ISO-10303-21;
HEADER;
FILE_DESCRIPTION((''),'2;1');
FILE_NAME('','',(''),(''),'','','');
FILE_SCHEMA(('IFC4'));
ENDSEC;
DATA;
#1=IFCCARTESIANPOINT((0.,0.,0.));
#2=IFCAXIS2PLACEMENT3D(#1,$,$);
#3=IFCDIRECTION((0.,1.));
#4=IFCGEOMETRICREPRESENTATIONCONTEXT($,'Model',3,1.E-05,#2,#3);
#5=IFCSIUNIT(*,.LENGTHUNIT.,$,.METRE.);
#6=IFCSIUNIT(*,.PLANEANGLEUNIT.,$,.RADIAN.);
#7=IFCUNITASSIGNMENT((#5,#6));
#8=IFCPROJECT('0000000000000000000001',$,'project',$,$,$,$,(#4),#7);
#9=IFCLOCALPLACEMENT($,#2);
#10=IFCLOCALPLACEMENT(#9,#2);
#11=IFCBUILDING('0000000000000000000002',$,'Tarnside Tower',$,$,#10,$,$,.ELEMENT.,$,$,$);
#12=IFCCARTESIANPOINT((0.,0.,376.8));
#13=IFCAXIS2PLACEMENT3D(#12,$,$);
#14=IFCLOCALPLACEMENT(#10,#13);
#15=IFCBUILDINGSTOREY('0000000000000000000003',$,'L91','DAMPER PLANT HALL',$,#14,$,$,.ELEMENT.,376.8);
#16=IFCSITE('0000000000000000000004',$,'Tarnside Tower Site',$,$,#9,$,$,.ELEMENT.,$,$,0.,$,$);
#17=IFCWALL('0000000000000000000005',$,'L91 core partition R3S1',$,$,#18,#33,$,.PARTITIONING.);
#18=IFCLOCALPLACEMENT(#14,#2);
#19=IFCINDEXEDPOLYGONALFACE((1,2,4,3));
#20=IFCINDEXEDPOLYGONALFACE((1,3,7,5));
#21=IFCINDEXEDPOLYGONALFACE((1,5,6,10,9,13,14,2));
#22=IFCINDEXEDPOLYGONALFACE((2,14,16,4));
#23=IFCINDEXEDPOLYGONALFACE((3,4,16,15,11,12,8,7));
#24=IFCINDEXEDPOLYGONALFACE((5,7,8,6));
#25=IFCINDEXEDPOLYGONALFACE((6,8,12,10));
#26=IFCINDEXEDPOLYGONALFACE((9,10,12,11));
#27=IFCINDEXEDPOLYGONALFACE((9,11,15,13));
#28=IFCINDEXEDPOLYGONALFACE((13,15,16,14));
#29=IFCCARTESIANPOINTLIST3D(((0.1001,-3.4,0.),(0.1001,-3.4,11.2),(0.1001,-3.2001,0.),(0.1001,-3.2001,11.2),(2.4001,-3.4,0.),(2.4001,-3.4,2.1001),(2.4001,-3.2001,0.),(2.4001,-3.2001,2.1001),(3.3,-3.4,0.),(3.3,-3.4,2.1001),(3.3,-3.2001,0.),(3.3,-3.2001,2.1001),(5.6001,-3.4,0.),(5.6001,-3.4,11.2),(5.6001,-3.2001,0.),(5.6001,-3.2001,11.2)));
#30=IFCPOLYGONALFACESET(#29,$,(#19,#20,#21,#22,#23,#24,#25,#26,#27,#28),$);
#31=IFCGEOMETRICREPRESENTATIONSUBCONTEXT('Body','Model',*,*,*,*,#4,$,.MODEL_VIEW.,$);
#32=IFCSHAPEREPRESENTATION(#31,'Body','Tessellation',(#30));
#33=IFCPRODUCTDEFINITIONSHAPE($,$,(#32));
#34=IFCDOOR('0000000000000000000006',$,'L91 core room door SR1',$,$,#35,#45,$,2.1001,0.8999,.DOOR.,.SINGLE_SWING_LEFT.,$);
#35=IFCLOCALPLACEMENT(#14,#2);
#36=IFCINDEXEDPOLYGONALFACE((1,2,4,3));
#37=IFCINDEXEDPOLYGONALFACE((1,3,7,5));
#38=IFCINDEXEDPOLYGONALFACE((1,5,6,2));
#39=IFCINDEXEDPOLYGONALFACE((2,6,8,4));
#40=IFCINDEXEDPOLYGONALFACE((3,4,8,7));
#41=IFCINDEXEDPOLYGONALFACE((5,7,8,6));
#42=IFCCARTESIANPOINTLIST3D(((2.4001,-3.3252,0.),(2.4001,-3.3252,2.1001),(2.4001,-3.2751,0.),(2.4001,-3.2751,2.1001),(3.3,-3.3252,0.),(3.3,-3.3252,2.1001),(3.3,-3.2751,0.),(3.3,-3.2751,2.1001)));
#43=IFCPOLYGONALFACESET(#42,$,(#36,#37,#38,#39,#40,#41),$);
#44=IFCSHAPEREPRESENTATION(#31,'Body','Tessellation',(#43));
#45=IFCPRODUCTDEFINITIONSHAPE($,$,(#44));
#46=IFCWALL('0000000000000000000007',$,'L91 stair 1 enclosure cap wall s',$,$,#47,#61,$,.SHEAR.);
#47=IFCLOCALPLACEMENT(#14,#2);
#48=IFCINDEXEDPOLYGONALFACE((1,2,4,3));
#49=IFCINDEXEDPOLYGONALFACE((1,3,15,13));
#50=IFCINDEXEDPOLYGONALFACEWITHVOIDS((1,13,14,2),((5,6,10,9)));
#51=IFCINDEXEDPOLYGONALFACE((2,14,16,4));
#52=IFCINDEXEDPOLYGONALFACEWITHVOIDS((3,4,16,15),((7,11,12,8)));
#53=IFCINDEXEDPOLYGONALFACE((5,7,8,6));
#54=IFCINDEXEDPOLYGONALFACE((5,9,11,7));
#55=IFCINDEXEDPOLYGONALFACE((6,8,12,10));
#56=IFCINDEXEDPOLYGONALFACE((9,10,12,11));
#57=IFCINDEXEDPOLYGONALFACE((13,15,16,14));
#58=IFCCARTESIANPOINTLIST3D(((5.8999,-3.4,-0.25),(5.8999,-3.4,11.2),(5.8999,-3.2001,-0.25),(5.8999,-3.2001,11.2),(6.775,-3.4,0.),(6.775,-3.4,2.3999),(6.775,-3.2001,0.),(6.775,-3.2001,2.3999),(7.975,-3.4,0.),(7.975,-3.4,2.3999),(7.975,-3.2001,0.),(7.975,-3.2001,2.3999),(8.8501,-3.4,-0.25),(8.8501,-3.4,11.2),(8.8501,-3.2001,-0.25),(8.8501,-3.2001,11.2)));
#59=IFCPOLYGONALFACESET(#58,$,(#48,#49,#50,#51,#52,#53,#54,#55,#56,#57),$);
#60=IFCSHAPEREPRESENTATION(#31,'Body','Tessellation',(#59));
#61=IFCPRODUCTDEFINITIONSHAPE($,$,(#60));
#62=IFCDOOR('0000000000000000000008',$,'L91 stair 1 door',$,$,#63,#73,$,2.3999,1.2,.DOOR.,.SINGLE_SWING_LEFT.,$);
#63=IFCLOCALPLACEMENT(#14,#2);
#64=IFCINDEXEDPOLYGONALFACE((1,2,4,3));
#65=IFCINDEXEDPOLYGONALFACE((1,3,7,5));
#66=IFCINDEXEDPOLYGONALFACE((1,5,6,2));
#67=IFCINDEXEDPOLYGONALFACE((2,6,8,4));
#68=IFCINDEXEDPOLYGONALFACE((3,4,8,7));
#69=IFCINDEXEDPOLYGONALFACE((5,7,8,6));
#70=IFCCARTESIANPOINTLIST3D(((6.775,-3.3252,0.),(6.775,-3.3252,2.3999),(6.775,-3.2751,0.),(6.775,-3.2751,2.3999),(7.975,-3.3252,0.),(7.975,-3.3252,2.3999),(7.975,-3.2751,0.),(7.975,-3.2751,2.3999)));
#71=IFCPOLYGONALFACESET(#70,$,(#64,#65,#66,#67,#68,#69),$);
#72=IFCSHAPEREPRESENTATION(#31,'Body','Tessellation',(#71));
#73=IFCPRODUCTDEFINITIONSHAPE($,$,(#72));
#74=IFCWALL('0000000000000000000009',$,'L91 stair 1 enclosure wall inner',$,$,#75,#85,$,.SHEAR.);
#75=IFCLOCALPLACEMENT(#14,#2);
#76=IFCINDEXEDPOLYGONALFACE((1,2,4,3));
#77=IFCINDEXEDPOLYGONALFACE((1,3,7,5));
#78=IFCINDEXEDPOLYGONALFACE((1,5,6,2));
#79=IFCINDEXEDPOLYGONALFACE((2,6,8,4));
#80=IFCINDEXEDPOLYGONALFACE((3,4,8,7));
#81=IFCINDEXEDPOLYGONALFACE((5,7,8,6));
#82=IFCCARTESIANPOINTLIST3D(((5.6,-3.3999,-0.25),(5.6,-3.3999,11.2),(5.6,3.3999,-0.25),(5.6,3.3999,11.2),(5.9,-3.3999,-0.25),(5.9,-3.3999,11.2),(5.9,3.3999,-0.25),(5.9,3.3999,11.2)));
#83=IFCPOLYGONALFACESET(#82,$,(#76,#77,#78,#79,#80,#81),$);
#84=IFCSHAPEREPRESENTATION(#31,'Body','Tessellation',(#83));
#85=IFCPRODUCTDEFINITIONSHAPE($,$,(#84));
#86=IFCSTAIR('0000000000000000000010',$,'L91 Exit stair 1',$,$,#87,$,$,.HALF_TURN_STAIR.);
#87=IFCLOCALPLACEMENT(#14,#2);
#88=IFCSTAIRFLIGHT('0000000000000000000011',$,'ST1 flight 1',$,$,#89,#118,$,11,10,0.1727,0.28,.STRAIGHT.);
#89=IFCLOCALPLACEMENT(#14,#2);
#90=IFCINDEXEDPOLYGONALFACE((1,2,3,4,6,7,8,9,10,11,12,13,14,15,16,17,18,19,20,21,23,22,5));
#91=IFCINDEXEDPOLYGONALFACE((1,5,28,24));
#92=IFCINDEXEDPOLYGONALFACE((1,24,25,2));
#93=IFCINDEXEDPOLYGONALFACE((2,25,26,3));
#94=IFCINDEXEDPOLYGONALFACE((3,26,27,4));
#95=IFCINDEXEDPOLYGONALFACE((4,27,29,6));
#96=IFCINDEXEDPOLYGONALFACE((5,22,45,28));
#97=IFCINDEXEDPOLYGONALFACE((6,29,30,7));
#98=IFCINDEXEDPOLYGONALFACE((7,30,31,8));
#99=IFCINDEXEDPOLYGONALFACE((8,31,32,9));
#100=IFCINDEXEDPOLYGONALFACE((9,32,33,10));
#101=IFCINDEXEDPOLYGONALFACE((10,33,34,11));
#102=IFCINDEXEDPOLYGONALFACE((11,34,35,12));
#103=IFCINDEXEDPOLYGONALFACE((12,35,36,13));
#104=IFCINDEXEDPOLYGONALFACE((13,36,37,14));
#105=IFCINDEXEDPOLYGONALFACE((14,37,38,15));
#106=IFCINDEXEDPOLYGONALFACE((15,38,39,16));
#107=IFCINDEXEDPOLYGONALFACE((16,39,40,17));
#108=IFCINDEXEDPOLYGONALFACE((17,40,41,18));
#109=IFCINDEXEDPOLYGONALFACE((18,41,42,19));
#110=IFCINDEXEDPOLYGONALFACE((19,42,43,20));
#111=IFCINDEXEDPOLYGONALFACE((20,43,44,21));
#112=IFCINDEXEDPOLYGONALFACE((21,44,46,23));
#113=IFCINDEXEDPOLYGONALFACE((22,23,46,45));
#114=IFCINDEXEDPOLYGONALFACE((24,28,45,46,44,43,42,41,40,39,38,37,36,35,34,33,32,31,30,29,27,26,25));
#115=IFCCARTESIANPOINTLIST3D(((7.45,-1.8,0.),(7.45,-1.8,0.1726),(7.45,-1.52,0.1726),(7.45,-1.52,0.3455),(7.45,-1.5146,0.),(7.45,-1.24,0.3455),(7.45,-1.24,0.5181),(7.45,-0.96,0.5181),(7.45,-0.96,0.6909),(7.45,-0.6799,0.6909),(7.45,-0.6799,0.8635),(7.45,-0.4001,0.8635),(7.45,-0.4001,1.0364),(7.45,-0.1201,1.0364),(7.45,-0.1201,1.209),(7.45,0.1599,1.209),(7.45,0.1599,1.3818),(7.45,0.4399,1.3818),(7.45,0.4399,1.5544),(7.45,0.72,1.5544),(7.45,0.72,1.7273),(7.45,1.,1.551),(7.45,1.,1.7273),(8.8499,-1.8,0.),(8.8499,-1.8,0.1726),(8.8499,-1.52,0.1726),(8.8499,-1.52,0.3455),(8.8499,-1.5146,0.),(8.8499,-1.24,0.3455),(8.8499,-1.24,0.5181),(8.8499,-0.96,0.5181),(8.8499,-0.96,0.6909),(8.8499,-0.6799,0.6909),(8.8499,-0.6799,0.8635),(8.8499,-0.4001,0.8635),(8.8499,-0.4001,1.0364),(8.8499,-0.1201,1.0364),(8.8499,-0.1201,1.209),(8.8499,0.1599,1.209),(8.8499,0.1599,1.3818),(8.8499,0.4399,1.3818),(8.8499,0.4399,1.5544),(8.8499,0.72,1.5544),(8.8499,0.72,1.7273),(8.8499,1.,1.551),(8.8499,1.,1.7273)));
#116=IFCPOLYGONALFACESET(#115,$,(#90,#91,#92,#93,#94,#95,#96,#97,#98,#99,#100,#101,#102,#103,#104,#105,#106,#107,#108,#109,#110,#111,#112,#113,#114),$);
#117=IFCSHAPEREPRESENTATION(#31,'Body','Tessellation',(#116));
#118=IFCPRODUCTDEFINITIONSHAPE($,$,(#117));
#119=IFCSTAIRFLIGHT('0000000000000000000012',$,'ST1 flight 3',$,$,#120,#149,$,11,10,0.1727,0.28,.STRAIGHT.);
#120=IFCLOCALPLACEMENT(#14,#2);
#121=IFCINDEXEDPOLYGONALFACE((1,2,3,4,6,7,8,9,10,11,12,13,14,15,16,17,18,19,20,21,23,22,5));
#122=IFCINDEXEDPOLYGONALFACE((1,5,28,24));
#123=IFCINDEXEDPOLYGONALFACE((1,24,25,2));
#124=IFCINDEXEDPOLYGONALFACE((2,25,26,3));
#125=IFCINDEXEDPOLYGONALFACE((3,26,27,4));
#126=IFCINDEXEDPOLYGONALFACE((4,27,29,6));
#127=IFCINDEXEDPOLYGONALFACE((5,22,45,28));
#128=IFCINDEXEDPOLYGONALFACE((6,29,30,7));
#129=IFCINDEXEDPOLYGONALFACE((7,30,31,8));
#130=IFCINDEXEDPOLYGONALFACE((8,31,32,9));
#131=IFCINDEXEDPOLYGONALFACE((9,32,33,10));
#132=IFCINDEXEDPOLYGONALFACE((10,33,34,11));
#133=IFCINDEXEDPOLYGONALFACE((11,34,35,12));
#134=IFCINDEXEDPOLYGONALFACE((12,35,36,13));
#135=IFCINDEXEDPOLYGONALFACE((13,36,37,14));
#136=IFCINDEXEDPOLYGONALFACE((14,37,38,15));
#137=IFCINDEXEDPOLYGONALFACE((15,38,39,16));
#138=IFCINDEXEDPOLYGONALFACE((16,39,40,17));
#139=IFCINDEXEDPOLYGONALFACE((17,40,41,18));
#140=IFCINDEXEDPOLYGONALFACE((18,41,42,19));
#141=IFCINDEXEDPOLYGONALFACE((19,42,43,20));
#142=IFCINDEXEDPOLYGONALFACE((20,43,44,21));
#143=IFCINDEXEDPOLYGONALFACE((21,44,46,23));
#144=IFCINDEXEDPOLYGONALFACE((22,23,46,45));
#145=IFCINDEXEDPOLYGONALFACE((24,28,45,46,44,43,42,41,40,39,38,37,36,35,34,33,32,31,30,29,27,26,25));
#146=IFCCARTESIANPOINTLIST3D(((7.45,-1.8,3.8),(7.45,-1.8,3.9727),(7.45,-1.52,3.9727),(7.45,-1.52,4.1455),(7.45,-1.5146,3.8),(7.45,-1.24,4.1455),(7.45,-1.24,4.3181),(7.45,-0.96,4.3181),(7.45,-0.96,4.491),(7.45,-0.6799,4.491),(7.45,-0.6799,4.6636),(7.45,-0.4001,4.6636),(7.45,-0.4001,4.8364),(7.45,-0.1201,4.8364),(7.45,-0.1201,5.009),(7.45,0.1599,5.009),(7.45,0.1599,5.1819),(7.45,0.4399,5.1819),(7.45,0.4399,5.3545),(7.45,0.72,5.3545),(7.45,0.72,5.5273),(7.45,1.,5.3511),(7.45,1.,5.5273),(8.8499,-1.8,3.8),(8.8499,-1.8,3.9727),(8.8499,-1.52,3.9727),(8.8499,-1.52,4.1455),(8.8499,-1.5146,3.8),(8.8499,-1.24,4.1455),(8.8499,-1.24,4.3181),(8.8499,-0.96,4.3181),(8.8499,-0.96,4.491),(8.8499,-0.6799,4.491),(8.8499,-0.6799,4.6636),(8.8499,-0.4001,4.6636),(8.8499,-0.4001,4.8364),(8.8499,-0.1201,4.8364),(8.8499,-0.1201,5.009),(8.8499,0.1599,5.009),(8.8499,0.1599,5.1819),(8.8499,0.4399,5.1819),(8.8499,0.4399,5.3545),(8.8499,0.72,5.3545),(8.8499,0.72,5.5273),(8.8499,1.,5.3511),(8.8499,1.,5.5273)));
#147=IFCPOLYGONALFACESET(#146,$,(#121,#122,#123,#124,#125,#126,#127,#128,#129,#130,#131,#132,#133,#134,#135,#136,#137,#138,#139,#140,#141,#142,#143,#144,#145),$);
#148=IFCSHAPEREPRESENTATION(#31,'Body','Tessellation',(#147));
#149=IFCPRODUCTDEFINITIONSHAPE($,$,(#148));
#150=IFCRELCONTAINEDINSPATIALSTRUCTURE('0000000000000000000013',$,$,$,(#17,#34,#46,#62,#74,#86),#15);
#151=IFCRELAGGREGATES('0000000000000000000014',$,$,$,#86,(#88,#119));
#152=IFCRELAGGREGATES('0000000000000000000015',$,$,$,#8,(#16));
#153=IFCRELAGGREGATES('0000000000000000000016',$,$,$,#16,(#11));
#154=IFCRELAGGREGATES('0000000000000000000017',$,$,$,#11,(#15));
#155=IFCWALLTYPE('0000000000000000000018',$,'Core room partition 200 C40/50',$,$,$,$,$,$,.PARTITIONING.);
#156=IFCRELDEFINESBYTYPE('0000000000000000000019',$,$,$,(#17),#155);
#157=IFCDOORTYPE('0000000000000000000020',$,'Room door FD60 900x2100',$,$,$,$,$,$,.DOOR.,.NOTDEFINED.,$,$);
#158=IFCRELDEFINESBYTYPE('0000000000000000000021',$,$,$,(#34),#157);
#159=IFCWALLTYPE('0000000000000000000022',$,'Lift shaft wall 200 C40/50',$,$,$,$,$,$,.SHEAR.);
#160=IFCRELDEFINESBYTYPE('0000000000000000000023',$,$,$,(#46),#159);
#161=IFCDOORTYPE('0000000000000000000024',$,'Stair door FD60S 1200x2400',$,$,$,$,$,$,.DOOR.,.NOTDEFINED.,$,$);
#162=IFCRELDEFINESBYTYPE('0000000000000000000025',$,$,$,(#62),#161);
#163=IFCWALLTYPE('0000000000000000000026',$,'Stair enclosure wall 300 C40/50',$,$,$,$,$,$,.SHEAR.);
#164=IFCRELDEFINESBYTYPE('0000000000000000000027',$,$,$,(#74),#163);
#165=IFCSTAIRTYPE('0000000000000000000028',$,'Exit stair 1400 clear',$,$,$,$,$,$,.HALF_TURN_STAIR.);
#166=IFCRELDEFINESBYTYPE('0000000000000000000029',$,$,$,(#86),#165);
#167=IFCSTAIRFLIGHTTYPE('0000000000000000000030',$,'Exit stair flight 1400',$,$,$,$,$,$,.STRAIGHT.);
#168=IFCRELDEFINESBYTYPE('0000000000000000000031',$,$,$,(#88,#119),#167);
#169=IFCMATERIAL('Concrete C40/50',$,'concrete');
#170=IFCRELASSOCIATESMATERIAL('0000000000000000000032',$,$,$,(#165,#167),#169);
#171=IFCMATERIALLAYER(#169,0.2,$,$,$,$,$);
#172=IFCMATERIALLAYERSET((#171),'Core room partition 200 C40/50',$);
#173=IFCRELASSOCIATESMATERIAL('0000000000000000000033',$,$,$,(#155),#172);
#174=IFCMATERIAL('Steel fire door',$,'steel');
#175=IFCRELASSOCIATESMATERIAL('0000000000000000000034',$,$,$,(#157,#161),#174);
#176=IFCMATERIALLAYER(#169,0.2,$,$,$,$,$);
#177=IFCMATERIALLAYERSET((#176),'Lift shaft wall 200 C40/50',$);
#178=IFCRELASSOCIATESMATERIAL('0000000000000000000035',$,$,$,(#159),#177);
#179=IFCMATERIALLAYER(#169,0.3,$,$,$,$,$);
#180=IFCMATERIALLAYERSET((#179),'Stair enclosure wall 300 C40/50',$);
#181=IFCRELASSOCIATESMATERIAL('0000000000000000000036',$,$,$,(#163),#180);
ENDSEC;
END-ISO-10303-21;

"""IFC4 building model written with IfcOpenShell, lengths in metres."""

from ifc_helpers import new_model, si_unit, direction, frame, frame_2d, origin, place, context, subcontext, project, spatial, polyline, rectangle, outline, extrude, material, layer, layer_set, type_object, element, fill, aggregate, save


model = new_model("IFC4")

# Units and contexts
model_context = context("Model", 3, precision=1e-05, world=origin(), true_north=direction((0.0, 1.0)))
body_context = subcontext(model_context, "Body", "Model", "MODEL_VIEW")
ifc_project = project(units=[si_unit("LENGTHUNIT", "METRE"), si_unit("PLANEANGLEUNIT", "RADIAN")], contexts=[model_context])

# Site, building, storey
site_placement = place(None, origin())
site = spatial("IfcSite", under=ifc_project, at=site_placement, Name="Tarnside Tower Site", CompositionType="ELEMENT", RefElevation=0.0)
building_placement = place(site_placement, origin())
building = spatial("IfcBuilding", under=site, at=building_placement, Name="Tarnside Tower", CompositionType="ELEMENT")
storey_placement = place(building_placement, frame((0.0, 0.0, 376.8)))
storey = spatial("IfcBuildingStorey", under=building, at=storey_placement, Name="L91", Description="DAMPER PLANT HALL", CompositionType="ELEMENT", Elevation=376.8)

# Shared definitions
ifc_material_1 = material(Name="Concrete C40/50", Category="concrete")

# Shared definitions
stair_type = type_object("IfcStairType", Name="Exit stair 1400 clear", PredefinedType="HALF_TURN_STAIR", material=ifc_material_1)

# Walls, openings, doors
ifc_layer_1 = layer(ifc_material_1, 0.2)
ifc_layer_set_1 = layer_set([ifc_layer_1], Name="Core room partition 200 C40/50")
wall_type_1 = type_object("IfcWallType", Name="Core room partition 200 C40/50", PredefinedType="PARTITIONING", material=ifc_layer_set_1)
wall_1_placement = place(storey_placement, frame((0.1001, -3.3, 0.0), z_axis=(0.0, 0.0, 1.0), x_axis=(1.0, 0.0, 0.0)))
wall_1 = element("IfcWall", 1, at=wall_1_placement, inside=storey, type_object=wall_type_1, Name="L91 core partition R3S1", PredefinedType="PARTITIONING", context=body_context, shape_type="SweptSolid", body=[
    extrude(rectangle(XDim=5.5, YDim=0.2, at=frame_2d((2.75, 0.0))), origin(), (0.0, 0.0, 1.0), 11.2),
])
opening_1_placement = place(wall_1_placement, frame((2.3, 0.0, 0.0)))
opening_1 = element("IfcOpeningElement", 2, at=opening_1_placement, cuts=wall_1, PredefinedType="OPENING", context=body_context, shape_type="SweptSolid", body=[
    extrude(rectangle(XDim=0.8999, YDim=2.1001, at=frame_2d((0.45, 1.05))), frame((0.0, 0.1099, 0.0), z_axis=(0.0, -1.0, 0.0), x_axis=(1.0, 0.0, 0.0)), (0.0, 0.0, 1.0), 0.22),
])
ifc_material_2 = material(Name="Steel fire door", Category="steel")
door_type_1 = type_object("IfcDoorType", Name="Room door FD60 900x2100", OperationType="NOTDEFINED", PredefinedType="DOOR", material=ifc_material_2)
door_1_placement = place(opening_1_placement, origin())
door_1 = element("IfcDoor", 3, at=door_1_placement, inside=storey, type_object=door_type_1, Name="L91 core room door SR1", OperationType="SINGLE_SWING_LEFT", OverallHeight=2.1001, OverallWidth=0.8999, PredefinedType="DOOR", context=body_context, shape_type="SweptSolid", body=[
    extrude(rectangle(XDim=0.8999, YDim=2.1001, at=frame_2d((0.45, 1.05))), frame((0.0, 0.0249, 0.0), z_axis=(0.0, -1.0, 0.0), x_axis=(1.0, 0.0, 0.0)), (0.0, 0.0, 1.0), 0.05),
])
fill(opening_1, door_1)
ifc_layer_2 = layer(ifc_material_1, 0.2)
ifc_layer_set_2 = layer_set([ifc_layer_2], Name="Lift shaft wall 200 C40/50")
wall_type_2 = type_object("IfcWallType", Name="Lift shaft wall 200 C40/50", PredefinedType="SHEAR", material=ifc_layer_set_2)
wall_2_placement = place(storey_placement, frame((5.8999, -3.3, -0.25), z_axis=(0.0, 0.0, 1.0), x_axis=(1.0, 0.0, 0.0)))
wall_2 = element("IfcWall", 4, at=wall_2_placement, inside=storey, type_object=wall_type_2, Name="L91 stair 1 enclosure cap wall s", PredefinedType="SHEAR", context=body_context, shape_type="SweptSolid", body=[
    extrude(rectangle(XDim=2.9502, YDim=0.2, at=frame_2d((1.4751, 0.0))), origin(), (0.0, 0.0, 1.0), 11.45),
])
opening_2_placement = place(wall_2_placement, frame((0.875, 0.0, 0.25)))
opening_2 = element("IfcOpeningElement", 5, at=opening_2_placement, cuts=wall_2, PredefinedType="OPENING", context=body_context, shape_type="SweptSolid", body=[
    extrude(rectangle(XDim=1.2, YDim=2.3999, at=frame_2d((0.6001, 1.2))), frame((0.0, 0.1099, 0.0), z_axis=(0.0, -1.0, 0.0), x_axis=(1.0, 0.0, 0.0)), (0.0, 0.0, 1.0), 0.22),
])
door_type_2 = type_object("IfcDoorType", Name="Stair door FD60S 1200x2400", OperationType="NOTDEFINED", PredefinedType="DOOR", material=ifc_material_2)
door_2_placement = place(opening_2_placement, origin())
door_2 = element("IfcDoor", 6, at=door_2_placement, inside=storey, type_object=door_type_2, Name="L91 stair 1 door", OperationType="SINGLE_SWING_LEFT", OverallHeight=2.3999, OverallWidth=1.2, PredefinedType="DOOR", context=body_context, shape_type="SweptSolid", body=[
    extrude(rectangle(XDim=1.2, YDim=2.3999, at=frame_2d((0.6001, 1.2))), frame((0.0, 0.0249, 0.0), z_axis=(0.0, -1.0, 0.0), x_axis=(1.0, 0.0, 0.0)), (0.0, 0.0, 1.0), 0.05),
])
fill(opening_2, door_2)

# Wall
ifc_layer_3 = layer(ifc_material_1, 0.3)
ifc_layer_set_3 = layer_set([ifc_layer_3], Name="Stair enclosure wall 300 C40/50")
wall_type_3 = type_object("IfcWallType", Name="Stair enclosure wall 300 C40/50", PredefinedType="SHEAR", material=ifc_layer_set_3)
wall_3_placement = place(storey_placement, frame((5.75, -3.3999, -0.25), z_axis=(0.0, 0.0, 1.0), x_axis=(0.0, 1.0, 0.0)))
element("IfcWall", 7, at=wall_3_placement, inside=storey, type_object=wall_type_3, Name="L91 stair 1 enclosure wall inner", PredefinedType="SHEAR", context=body_context, shape_type="SweptSolid", body=[
    extrude(rectangle(XDim=6.7998, YDim=0.3, at=frame_2d((3.3999, 0.0))), origin(), (0.0, 0.0, 1.0), 11.45),
])

# Stair, stair flights
stair_1_placement = place(storey_placement, origin())
stair_1 = element("IfcStair", 8, at=stair_1_placement, inside=storey, type_object=stair_type, Name="L91 Exit stair 1", PredefinedType="HALF_TURN_STAIR")
stair_flight_type = type_object("IfcStairFlightType", Name="Exit stair flight 1400", PredefinedType="STRAIGHT", material=ifc_material_1)
stair_flight_1_placement = place(storey_placement, frame((8.1499, -1.8, 0.0), z_axis=(0.0, 0.0, 1.0), x_axis=(0.0, 1.0, 0.0)))
stair_flight_1 = element("IfcStairFlight", 9, at=stair_flight_1_placement, type_object=stair_flight_type, Name="ST1 flight 1", NumberOfRisers=11, NumberOfTreads=10, PredefinedType="STRAIGHT", RiserHeight=0.1727, TreadLength=0.28, context=body_context, shape_type="SweptSolid", body=[
    extrude(outline(polyline([(0.0, 0.0), (0.0, 0.1726), (0.28, 0.1726), (0.28, 0.3455), (0.5601, 0.3455), (0.5601, 0.5181), (0.8401, 0.5181), (0.8401, 0.6909), (1.1201, 0.6909), (1.1201, 0.8635), (1.3999, 0.8635), (1.3999, 1.0364), (1.6799, 1.0364), (1.6799, 1.209), (1.96, 1.209), (1.96, 1.3818), (2.24, 1.3818), (2.24, 1.5544), (2.52, 1.5544), (2.52, 1.7273), (2.8, 1.7273), (2.8, 1.8999), (2.8, 1.551), (0.2854, 0.0), (0.0, 0.0)])), frame((0.0, 0.7, 0.0), z_axis=(0.0, -1.0, 0.0), x_axis=(1.0, 0.0, 0.0)), (0.0, 0.0, 1.0), 1.3999),
])
stair_flight_2_placement = place(storey_placement, frame((8.1499, -1.8, 3.8), z_axis=(0.0, 0.0, 1.0), x_axis=(0.0, 1.0, 0.0)))
stair_flight_2 = element("IfcStairFlight", 10, at=stair_flight_2_placement, type_object=stair_flight_type, Name="ST1 flight 3", NumberOfRisers=11, NumberOfTreads=10, PredefinedType="STRAIGHT", RiserHeight=0.1727, TreadLength=0.28, context=body_context, shape_type="SweptSolid", body=[
    extrude(outline(polyline([(0.0, 0.0), (0.0, 0.1726), (0.28, 0.1726), (0.28, 0.3455), (0.5601, 0.3455), (0.5601, 0.5181), (0.8401, 0.5181), (0.8401, 0.6909), (1.1201, 0.6909), (1.1201, 0.8635), (1.3999, 0.8635), (1.3999, 1.0364), (1.6799, 1.0364), (1.6799, 1.209), (1.96, 1.209), (1.96, 1.3818), (2.24, 1.3818), (2.24, 1.5544), (2.52, 1.5544), (2.52, 1.7273), (2.8, 1.7273), (2.8, 1.8999), (2.8, 1.551), (0.2854, 0.0), (0.0, 0.0)])), frame((0.0, 0.7, 0.0), z_axis=(0.0, -1.0, 0.0), x_axis=(1.0, 0.0, 0.0)), (0.0, 0.0, 1.0), 1.3999),
])
aggregate(stair_1, [stair_flight_1, stair_flight_2])

save(model, "model.ifc")
